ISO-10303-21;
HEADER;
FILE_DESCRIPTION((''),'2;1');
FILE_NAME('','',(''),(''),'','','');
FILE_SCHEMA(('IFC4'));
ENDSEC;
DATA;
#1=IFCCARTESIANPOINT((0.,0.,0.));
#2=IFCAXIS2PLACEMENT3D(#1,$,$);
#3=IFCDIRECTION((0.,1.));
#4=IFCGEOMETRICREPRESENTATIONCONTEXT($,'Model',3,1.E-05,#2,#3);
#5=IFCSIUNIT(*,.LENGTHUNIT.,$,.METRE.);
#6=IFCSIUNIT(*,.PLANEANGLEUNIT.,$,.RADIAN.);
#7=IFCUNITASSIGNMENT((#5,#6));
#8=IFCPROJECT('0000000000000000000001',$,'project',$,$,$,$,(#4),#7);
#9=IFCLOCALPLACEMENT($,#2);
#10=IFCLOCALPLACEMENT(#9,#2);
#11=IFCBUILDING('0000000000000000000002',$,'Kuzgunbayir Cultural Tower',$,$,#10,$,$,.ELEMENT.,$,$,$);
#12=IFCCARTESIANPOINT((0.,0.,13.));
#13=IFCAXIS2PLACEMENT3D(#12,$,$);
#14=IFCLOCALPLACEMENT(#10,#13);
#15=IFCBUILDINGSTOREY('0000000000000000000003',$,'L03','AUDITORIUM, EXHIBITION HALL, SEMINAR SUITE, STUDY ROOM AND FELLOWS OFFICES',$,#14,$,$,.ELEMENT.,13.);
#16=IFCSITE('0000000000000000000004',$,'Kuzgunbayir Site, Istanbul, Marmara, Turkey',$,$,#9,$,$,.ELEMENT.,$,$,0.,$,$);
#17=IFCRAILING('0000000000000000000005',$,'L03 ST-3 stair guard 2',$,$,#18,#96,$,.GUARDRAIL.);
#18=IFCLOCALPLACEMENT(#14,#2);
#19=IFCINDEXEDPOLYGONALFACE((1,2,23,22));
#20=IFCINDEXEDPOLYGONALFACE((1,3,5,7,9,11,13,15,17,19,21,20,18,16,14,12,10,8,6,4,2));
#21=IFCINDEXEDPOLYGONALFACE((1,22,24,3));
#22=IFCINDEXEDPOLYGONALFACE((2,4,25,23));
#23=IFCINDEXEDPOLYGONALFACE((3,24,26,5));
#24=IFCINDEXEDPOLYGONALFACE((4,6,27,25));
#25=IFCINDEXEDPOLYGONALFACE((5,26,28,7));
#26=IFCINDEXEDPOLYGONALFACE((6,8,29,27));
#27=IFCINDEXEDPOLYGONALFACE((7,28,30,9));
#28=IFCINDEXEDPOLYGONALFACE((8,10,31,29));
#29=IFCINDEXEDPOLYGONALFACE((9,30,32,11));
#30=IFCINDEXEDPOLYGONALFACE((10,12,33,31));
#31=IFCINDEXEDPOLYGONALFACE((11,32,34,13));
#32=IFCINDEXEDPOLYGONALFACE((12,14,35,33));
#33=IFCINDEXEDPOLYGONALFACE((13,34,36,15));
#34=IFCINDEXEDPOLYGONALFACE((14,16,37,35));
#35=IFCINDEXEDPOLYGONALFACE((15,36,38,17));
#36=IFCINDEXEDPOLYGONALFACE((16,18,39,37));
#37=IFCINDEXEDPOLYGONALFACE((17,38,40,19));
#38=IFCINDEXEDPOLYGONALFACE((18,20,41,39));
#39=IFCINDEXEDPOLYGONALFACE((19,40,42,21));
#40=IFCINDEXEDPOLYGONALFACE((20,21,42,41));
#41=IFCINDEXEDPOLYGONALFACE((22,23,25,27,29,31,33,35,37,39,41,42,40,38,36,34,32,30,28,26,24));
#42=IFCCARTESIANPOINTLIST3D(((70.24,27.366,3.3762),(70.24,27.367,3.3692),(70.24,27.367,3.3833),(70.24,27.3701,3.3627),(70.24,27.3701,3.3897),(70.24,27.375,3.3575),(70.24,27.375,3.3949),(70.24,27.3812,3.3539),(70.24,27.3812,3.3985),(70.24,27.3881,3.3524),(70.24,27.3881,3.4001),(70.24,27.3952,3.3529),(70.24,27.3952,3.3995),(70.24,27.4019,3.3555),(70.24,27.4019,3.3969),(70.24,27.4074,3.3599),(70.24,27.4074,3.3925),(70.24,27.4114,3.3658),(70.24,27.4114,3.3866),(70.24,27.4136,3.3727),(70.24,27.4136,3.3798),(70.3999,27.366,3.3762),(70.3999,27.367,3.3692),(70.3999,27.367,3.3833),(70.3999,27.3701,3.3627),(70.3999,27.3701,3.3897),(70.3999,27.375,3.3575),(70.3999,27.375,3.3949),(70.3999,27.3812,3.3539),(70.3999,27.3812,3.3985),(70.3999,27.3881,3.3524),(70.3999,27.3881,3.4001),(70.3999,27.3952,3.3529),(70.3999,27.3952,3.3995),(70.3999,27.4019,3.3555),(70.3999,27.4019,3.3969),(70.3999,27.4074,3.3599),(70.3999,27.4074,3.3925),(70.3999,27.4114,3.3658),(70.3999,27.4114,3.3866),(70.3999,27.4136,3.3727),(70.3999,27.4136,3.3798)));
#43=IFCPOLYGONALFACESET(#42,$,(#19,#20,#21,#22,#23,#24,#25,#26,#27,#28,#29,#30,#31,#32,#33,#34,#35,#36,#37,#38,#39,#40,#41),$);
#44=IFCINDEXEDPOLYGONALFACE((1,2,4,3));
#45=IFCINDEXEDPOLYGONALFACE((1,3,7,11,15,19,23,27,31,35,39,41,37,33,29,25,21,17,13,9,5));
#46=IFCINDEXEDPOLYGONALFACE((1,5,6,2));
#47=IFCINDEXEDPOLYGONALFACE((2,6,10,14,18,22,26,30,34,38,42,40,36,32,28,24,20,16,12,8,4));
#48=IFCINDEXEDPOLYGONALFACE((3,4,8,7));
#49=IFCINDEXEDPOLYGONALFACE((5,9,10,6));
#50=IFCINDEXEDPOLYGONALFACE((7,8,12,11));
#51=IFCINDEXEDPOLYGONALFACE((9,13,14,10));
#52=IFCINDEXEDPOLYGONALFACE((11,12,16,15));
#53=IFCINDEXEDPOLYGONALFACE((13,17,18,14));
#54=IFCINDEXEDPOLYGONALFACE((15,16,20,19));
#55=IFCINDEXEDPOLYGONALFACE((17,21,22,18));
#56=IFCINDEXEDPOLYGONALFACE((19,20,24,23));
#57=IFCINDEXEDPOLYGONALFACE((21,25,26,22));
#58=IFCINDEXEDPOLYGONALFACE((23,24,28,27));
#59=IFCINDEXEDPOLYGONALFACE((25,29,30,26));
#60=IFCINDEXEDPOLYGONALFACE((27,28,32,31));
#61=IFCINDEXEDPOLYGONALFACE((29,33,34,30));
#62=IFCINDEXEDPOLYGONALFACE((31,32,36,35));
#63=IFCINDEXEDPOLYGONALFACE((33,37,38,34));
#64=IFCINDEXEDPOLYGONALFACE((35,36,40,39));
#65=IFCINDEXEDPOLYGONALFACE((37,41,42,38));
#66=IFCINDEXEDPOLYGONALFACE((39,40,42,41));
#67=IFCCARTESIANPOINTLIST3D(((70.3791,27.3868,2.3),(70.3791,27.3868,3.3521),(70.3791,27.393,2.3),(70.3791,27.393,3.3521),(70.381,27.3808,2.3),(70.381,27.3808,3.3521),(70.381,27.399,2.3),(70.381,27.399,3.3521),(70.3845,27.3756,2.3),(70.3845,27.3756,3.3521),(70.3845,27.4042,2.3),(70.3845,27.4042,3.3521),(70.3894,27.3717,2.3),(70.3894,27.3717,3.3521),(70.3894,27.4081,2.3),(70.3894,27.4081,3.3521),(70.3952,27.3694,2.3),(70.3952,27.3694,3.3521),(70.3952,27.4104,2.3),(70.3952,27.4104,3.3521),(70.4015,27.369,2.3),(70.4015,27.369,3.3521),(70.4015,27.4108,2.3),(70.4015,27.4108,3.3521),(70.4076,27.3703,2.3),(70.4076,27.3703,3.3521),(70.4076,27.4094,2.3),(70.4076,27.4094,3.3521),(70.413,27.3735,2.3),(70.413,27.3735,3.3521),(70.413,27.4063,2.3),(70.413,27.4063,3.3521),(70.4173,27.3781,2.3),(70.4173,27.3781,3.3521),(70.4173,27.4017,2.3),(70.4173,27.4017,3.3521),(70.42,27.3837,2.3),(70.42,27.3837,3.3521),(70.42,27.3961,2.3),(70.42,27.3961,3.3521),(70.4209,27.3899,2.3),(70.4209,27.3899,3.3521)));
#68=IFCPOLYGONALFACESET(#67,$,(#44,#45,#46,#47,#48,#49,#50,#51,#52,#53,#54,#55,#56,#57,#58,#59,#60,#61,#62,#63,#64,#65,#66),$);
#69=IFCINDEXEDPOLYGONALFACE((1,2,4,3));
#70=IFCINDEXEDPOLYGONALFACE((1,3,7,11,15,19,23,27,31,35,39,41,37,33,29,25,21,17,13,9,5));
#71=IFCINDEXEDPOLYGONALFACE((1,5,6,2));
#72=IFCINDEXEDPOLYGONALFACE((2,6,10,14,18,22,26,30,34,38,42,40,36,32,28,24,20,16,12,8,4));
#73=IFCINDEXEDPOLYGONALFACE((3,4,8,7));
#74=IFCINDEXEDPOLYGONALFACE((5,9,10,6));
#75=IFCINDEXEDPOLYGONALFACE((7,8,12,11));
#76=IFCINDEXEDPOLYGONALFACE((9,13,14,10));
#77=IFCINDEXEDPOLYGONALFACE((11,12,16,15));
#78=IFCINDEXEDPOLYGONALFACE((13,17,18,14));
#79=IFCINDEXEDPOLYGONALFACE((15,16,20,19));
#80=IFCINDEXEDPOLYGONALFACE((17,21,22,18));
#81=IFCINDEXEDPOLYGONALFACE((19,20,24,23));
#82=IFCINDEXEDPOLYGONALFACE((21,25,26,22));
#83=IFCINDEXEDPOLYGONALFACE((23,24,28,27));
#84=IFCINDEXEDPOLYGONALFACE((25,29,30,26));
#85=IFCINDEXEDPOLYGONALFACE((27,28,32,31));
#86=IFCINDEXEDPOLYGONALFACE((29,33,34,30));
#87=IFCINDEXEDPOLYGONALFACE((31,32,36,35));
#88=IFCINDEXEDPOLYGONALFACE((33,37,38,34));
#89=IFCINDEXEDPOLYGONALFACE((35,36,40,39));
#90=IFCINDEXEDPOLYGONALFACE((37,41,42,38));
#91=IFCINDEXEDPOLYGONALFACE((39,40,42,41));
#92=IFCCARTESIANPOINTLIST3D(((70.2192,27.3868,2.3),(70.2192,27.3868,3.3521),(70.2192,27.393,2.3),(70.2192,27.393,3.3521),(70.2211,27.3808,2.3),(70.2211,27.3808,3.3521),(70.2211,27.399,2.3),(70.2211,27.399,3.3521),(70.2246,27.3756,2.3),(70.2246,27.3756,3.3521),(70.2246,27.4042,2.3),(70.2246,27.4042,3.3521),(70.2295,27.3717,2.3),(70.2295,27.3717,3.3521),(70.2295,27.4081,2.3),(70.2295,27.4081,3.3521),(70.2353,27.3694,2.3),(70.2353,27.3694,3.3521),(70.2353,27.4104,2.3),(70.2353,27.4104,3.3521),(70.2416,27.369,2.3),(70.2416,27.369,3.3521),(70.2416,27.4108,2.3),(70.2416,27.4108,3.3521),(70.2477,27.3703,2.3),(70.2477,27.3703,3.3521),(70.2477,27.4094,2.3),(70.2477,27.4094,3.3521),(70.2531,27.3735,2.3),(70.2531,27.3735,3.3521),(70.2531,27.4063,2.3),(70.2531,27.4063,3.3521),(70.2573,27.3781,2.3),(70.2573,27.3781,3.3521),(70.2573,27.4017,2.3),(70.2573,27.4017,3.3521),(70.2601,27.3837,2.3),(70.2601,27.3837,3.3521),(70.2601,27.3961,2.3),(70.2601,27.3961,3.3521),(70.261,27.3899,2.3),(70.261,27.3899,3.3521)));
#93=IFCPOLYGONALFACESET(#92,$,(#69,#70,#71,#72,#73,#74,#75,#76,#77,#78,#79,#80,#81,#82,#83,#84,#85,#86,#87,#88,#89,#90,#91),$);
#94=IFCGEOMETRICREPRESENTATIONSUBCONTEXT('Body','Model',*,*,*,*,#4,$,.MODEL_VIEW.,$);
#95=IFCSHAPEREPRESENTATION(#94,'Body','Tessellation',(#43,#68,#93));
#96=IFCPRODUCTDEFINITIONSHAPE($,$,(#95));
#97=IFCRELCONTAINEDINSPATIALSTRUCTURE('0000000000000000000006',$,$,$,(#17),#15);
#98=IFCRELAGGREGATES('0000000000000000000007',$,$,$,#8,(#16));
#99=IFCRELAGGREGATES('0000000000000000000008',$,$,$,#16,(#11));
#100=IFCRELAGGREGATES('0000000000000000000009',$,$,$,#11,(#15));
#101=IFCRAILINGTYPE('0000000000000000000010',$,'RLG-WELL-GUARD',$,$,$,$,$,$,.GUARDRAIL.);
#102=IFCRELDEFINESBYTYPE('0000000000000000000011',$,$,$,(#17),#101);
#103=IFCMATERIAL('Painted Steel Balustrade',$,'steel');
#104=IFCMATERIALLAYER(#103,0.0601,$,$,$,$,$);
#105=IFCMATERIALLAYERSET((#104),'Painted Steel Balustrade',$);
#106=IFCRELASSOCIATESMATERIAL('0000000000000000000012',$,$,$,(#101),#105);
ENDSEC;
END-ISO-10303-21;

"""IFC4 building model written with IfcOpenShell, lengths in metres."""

from ifc_helpers import new_model, si_unit, direction, frame, origin, origin_2d, place, context, subcontext, project, spatial, circle, extrude, material, layer, layer_set, type_object, element, save


model = new_model("IFC4")

# Units and contexts
model_context = context("Model", 3, precision=1e-05, world=origin(), true_north=direction((0.0, 1.0)))
body_context = subcontext(model_context, "Body", "Model", "MODEL_VIEW")
ifc_project = project(units=[si_unit("LENGTHUNIT", "METRE"), si_unit("PLANEANGLEUNIT", "RADIAN")], contexts=[model_context])

# Site, building, storey
site_placement = place(None, origin())
site = spatial("IfcSite", under=ifc_project, at=site_placement, Name="Kuzgunbayir Site, Istanbul, Marmara, Turkey", CompositionType="ELEMENT", RefElevation=0.0)
building_placement = place(site_placement, origin())
building = spatial("IfcBuilding", under=site, at=building_placement, Name="Kuzgunbayir Cultural Tower", CompositionType="ELEMENT")
storey_placement = place(building_placement, frame((0.0, 0.0, 13.0)))
storey = spatial("IfcBuildingStorey", under=building, at=storey_placement, Name="L03", Description="AUDITORIUM, EXHIBITION HALL, SEMINAR SUITE, STUDY ROOM AND FELLOWS OFFICES", CompositionType="ELEMENT", Elevation=13.0)

# Railing
ifc_material_1 = material(Name="Painted Steel Balustrade", Category="steel")
ifc_layer_1 = layer(ifc_material_1, 0.0601)
ifc_layer_set_1 = layer_set([ifc_layer_1], Name="Painted Steel Balustrade")
railing_type_1 = type_object("IfcRailingType", Name="RLG-WELL-GUARD", PredefinedType="GUARDRAIL", material=ifc_layer_set_1)
railing_1_placement = place(storey_placement, frame((70.3999, 27.3899, 2.3)))
element("IfcRailing", 1, at=railing_1_placement, inside=storey, type_object=railing_type_1, Name="L03 ST-3 stair guard 2", PredefinedType="GUARDRAIL", context=body_context, shape_type="SweptSolid", body=[
    extrude(circle(Radius=0.0239, at=origin_2d()), frame((0.0, 0.0, 1.0762), z_axis=(-1.0, 0.0, 0.0), x_axis=(0.0, -1.0, 0.0)), (0.0, 0.0, 1.0), 0.1599),
    extrude(circle(Radius=0.021, at=origin_2d()), origin(), (0.0, 0.0, 1.0), 1.052),
    extrude(circle(Radius=0.021, at=origin_2d()), frame((-0.1599, 0.0, 0.0)), (0.0, 0.0, 1.0), 1.052),
])

save(model, "model.ifc")
